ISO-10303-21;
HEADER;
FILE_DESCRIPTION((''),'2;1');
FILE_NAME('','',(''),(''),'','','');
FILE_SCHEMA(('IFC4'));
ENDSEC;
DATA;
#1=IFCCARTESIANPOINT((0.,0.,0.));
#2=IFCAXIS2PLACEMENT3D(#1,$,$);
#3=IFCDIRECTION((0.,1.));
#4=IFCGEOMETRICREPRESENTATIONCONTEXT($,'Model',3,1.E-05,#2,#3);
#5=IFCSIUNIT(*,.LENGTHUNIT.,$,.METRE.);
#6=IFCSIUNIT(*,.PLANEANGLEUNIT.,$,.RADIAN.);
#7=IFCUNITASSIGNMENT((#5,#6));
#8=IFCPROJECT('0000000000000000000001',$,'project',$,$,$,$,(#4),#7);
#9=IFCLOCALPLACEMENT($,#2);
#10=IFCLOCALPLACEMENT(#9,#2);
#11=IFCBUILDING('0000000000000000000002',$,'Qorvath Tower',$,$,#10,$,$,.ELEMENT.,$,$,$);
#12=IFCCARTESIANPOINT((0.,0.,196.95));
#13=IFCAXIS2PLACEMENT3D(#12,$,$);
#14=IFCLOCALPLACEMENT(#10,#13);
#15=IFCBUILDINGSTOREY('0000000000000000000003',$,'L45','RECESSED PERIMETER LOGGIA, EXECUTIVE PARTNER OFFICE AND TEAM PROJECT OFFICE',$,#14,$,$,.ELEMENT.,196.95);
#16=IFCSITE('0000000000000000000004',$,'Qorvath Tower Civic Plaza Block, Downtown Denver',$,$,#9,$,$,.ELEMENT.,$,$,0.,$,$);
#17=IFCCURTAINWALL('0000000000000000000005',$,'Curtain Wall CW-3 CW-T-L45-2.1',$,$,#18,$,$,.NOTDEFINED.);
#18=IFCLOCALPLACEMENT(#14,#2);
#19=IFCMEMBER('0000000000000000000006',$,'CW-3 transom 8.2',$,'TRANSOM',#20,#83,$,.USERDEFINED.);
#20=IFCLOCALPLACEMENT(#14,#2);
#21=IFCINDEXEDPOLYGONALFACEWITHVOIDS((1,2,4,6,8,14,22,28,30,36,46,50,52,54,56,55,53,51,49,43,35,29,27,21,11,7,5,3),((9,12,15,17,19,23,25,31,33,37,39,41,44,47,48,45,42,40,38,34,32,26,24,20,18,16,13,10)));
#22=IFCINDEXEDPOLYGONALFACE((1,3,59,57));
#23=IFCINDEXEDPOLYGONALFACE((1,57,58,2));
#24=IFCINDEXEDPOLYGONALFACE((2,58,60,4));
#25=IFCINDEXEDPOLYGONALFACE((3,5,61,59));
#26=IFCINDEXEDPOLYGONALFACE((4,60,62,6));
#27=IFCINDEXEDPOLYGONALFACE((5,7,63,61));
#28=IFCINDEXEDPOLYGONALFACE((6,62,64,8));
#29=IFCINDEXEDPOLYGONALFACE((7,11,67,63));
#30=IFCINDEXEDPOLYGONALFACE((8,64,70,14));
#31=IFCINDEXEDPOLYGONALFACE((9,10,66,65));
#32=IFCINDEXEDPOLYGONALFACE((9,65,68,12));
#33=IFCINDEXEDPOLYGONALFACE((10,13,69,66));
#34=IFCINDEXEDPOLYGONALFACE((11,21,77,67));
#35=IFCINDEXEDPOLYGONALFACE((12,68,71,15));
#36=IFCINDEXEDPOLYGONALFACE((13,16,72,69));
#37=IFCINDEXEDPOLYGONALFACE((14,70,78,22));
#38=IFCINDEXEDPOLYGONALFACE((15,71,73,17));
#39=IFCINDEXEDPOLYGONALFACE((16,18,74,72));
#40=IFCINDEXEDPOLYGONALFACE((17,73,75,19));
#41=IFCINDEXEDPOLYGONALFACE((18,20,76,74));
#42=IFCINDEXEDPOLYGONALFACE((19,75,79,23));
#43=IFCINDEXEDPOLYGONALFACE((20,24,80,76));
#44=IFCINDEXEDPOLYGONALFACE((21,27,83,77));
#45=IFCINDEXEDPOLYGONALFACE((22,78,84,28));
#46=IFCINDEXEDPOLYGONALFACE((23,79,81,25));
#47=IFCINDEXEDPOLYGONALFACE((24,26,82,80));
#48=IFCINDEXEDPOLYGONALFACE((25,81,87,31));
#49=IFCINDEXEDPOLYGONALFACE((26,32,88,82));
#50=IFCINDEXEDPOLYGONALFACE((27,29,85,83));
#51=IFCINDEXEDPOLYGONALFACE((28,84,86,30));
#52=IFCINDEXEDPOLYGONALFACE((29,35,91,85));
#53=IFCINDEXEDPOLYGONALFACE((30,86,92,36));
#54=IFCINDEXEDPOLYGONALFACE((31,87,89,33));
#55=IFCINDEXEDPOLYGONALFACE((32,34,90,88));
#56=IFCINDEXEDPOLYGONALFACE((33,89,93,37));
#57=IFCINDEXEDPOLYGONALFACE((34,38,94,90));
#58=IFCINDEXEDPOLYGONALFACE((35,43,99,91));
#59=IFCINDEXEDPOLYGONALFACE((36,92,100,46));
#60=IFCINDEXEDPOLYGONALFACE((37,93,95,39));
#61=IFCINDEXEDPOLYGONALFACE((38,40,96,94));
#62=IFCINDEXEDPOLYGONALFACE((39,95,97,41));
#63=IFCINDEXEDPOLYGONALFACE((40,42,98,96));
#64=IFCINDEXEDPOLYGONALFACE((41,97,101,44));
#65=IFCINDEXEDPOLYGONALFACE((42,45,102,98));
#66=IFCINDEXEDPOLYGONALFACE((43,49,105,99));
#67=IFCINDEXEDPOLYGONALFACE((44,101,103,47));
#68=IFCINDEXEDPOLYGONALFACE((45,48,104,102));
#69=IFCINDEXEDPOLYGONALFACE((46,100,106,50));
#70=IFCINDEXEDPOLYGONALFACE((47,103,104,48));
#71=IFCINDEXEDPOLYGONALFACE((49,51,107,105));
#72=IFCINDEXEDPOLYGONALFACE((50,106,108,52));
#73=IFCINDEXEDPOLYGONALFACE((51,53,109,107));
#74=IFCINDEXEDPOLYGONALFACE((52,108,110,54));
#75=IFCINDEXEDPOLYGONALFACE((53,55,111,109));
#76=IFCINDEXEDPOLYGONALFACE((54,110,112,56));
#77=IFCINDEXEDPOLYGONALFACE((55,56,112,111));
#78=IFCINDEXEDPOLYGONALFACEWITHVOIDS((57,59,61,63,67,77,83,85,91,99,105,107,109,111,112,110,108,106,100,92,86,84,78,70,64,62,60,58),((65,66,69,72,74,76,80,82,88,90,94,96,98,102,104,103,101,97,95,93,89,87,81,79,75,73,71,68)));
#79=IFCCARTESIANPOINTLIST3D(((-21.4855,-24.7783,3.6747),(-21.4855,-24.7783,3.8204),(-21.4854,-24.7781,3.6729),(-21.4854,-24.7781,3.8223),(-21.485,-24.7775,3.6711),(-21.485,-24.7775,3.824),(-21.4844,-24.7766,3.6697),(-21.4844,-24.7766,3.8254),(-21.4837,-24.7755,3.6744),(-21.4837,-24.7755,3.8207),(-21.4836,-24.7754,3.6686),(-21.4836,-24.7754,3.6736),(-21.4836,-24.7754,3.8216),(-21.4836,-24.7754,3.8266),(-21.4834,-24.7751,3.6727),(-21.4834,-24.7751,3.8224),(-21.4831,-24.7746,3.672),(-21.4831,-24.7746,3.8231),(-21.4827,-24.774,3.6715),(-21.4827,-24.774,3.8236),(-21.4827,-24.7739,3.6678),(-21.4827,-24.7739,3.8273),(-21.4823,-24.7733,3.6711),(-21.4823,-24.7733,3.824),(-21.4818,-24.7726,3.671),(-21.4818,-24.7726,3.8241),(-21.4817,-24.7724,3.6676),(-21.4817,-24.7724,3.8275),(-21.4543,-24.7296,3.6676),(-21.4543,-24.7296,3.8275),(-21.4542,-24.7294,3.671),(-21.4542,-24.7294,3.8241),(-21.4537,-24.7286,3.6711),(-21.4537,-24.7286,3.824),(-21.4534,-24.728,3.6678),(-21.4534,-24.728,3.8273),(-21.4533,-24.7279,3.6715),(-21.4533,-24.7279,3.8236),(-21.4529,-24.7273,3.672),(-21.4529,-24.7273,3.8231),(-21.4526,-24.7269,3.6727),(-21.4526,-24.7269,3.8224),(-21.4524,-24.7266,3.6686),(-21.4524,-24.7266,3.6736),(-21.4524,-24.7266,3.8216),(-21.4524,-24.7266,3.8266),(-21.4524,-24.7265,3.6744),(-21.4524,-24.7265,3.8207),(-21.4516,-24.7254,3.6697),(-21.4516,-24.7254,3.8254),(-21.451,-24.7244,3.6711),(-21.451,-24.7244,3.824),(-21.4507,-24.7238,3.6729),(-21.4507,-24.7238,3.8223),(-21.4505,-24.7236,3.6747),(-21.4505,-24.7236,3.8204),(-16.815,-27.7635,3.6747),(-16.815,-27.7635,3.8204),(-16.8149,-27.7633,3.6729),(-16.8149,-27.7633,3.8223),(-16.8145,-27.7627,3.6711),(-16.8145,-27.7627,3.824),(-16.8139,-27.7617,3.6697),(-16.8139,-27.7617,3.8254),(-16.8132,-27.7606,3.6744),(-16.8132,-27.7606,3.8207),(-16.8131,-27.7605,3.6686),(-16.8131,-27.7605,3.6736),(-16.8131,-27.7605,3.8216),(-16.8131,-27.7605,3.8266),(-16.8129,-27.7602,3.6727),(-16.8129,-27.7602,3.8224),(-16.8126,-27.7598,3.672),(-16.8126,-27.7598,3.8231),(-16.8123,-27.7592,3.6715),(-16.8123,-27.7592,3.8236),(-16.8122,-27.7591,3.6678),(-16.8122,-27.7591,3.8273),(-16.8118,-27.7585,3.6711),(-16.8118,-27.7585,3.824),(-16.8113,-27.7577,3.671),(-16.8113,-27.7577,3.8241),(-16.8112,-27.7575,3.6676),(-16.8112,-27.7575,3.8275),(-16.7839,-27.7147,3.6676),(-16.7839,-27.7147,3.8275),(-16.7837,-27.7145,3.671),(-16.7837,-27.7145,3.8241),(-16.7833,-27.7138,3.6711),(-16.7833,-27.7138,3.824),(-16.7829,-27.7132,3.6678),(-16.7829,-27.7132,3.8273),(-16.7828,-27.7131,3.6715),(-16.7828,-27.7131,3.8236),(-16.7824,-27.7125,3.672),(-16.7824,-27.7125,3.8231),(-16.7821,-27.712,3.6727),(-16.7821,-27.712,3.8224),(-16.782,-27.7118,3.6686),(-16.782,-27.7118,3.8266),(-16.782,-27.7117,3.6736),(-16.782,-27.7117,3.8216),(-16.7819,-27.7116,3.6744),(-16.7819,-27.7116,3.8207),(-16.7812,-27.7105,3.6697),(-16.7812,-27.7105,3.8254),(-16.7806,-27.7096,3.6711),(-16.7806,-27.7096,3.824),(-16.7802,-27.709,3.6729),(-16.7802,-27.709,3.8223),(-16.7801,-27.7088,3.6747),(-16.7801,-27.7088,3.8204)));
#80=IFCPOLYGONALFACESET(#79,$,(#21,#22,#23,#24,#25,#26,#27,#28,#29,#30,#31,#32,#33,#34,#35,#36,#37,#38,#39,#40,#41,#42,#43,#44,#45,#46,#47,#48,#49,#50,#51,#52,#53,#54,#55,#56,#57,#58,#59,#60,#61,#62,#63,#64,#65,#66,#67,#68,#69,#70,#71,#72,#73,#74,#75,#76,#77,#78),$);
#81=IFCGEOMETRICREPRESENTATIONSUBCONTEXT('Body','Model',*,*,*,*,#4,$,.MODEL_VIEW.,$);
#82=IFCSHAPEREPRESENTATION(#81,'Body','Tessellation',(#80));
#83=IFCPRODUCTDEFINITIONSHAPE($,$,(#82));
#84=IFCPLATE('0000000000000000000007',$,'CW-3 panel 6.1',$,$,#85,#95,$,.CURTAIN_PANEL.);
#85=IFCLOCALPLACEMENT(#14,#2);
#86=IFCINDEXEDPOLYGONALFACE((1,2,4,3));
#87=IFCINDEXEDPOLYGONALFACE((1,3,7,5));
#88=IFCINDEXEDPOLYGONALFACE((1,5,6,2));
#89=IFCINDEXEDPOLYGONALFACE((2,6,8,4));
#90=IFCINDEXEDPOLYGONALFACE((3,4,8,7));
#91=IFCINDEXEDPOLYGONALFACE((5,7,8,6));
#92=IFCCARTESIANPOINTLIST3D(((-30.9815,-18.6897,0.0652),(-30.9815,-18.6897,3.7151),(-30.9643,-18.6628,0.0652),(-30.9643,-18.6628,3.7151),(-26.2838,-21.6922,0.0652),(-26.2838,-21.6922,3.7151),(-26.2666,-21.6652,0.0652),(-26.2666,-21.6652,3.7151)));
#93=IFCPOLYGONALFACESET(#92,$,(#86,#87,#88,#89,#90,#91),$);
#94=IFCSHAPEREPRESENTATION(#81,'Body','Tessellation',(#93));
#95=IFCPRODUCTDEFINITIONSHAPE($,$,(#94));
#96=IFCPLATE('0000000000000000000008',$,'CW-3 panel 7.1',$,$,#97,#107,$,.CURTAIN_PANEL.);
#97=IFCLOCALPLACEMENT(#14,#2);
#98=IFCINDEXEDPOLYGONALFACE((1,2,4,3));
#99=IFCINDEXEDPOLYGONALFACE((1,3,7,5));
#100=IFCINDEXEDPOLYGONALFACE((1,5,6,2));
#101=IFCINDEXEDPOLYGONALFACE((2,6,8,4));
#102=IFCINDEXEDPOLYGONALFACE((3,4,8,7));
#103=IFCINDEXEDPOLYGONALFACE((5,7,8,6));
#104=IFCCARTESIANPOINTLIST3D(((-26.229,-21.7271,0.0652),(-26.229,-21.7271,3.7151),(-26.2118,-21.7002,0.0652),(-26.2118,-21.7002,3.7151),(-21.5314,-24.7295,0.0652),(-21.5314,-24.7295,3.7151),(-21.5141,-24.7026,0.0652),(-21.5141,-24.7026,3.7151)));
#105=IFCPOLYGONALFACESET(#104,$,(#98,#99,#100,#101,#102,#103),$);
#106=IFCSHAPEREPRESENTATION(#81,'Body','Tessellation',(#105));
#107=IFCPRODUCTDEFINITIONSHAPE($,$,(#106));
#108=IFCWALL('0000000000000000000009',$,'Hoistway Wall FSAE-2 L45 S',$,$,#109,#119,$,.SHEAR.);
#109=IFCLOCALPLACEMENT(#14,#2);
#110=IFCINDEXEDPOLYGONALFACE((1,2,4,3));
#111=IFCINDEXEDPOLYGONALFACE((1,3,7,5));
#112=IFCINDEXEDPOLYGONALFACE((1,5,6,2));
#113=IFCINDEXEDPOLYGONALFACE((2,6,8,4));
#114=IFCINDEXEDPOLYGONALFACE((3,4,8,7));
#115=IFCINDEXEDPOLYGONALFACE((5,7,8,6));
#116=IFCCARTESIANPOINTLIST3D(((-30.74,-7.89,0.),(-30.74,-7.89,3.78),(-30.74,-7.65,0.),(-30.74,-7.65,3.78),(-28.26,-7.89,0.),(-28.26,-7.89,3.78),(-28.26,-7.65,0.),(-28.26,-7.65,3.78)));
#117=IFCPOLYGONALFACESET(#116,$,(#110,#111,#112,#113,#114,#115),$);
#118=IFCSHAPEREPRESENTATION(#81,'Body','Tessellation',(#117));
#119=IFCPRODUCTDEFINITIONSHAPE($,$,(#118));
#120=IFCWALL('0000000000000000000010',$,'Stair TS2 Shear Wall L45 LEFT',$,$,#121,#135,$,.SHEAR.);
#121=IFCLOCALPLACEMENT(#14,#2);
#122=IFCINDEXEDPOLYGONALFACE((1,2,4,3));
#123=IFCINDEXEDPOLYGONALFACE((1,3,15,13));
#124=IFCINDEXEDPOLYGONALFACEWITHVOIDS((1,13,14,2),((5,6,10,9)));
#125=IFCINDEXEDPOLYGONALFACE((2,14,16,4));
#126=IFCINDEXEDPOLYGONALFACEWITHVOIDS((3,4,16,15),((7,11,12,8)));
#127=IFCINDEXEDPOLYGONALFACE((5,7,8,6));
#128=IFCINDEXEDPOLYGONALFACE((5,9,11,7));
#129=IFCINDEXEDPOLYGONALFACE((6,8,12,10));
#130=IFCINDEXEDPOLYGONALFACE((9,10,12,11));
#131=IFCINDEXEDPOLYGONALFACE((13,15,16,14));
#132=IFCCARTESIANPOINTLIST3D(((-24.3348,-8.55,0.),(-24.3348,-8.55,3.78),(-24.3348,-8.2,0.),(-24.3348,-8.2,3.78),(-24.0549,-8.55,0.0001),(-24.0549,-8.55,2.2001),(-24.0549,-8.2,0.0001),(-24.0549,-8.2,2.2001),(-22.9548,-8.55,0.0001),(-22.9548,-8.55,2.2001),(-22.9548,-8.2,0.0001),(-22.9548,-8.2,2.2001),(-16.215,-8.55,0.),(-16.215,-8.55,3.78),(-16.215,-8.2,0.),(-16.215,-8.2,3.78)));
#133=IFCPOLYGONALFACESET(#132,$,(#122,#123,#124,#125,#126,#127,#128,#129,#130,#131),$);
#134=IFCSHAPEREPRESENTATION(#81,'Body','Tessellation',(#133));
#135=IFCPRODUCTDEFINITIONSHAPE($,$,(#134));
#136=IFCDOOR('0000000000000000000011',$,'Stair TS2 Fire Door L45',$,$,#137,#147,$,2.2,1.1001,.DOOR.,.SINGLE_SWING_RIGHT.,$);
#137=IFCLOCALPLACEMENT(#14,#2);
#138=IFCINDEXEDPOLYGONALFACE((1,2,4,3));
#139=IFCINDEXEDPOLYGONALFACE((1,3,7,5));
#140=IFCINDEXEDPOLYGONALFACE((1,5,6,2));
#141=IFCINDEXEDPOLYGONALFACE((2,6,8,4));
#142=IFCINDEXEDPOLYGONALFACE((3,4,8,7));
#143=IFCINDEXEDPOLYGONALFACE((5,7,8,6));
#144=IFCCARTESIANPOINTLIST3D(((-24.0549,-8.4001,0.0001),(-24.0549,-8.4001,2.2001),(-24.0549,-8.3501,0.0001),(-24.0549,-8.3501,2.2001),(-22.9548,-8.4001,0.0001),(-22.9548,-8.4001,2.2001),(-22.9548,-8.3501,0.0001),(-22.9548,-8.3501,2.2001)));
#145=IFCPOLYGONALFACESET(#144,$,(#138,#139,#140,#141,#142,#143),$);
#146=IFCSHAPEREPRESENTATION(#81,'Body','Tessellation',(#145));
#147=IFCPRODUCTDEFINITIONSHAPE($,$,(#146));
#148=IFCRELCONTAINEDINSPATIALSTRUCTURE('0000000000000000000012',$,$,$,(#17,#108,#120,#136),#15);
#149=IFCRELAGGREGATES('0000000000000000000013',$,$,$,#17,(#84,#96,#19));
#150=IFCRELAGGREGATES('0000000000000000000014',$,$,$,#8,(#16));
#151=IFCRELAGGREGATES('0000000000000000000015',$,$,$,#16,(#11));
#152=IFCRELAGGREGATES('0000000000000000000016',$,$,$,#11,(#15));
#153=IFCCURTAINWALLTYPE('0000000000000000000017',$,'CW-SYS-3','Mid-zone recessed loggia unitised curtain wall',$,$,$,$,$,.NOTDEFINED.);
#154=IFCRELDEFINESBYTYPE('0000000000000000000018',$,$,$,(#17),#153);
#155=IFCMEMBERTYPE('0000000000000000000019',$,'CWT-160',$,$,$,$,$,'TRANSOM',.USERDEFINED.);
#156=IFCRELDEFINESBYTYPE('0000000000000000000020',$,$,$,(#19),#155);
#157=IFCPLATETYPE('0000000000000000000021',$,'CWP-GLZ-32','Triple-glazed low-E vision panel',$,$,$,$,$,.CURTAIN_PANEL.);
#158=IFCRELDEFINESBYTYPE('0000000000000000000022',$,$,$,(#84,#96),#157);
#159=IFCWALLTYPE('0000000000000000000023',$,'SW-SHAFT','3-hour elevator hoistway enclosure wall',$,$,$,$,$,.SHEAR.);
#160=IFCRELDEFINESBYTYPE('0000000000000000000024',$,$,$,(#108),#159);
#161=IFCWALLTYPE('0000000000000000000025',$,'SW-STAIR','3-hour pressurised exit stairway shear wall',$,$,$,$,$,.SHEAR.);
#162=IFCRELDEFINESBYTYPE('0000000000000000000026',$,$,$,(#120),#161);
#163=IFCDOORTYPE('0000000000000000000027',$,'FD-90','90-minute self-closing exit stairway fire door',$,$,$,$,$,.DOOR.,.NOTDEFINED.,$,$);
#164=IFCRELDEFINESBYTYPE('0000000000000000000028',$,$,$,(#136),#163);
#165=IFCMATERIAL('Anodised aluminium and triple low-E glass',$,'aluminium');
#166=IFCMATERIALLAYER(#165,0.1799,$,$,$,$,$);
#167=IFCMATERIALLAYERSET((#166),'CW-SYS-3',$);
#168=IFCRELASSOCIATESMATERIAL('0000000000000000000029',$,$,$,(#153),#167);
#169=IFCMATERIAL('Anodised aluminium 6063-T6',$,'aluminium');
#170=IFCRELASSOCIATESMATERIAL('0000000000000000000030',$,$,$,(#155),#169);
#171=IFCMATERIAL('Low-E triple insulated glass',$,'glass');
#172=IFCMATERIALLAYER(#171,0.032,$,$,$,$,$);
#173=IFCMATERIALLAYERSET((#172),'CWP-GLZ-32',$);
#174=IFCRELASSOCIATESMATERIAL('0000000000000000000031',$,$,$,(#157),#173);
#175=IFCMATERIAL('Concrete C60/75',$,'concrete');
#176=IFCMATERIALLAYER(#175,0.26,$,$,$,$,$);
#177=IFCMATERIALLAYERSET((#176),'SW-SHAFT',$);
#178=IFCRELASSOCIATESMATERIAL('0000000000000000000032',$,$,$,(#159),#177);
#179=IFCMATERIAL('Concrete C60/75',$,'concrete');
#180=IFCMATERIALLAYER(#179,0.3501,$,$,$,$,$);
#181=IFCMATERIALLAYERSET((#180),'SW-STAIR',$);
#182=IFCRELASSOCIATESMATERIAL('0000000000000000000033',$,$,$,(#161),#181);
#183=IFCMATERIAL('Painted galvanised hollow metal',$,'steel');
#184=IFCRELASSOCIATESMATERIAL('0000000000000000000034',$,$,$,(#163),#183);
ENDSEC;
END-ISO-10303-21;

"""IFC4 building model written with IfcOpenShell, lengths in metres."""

from ifc_helpers import new_model, si_unit, direction, frame, frame_2d, origin, origin_2d, place, context, subcontext, project, spatial, rectangle, hollow_rectangle, extrude, material, layer, layer_set, material_profile, profile_set, type_object, element, fill, aggregate, save


model = new_model("IFC4")

# Units and contexts
model_context = context("Model", 3, precision=1e-05, world=origin(), true_north=direction((0.0, 1.0)))
body_context = subcontext(model_context, "Body", "Model", "MODEL_VIEW")
ifc_project = project(units=[si_unit("LENGTHUNIT", "METRE"), si_unit("PLANEANGLEUNIT", "RADIAN")], contexts=[model_context])

# Site, building, storey
site_placement = place(None, origin())
site = spatial("IfcSite", under=ifc_project, at=site_placement, Name="Qorvath Tower Civic Plaza Block, Downtown Denver", CompositionType="ELEMENT", RefElevation=0.0)
building_placement = place(site_placement, origin())
building = spatial("IfcBuilding", under=site, at=building_placement, Name="Qorvath Tower", CompositionType="ELEMENT")
storey_placement = place(building_placement, frame((0.0, 0.0, 196.95)))
storey = spatial("IfcBuildingStorey", under=building, at=storey_placement, Name="L45", Description="RECESSED PERIMETER LOGGIA, EXECUTIVE PARTNER OFFICE AND TEAM PROJECT OFFICE", CompositionType="ELEMENT", Elevation=196.95)

# Curtain wall, member, plates
ifc_material_1 = material(Name="Anodised aluminium and triple low-E glass", Category="aluminium")
ifc_layer_1 = layer(ifc_material_1, 0.1799)
ifc_layer_set_1 = layer_set([ifc_layer_1], Name="CW-SYS-3")
curtain_wall_type = type_object("IfcCurtainWallType", Name="CW-SYS-3", Description="Mid-zone recessed loggia unitised curtain wall", PredefinedType="NOTDEFINED", material=ifc_layer_set_1)
curtain_wall_placement = place(storey_placement, origin())
curtain_wall = element("IfcCurtainWall", 1, at=curtain_wall_placement, inside=storey, type_object=curtain_wall_type, Name="Curtain Wall CW-3 CW-T-L45-2.1", PredefinedType="NOTDEFINED")
ifc_material_2 = material(Name="Anodised aluminium 6063-T6", Category="aluminium")
ifc_material_profile_1 = material_profile(ifc_material_2, hollow_rectangle(XDim=0.0649, YDim=0.1599, WallThickness=0.0034, InnerFilletRadius=0.0034, OuterFilletRadius=0.0071, at=origin_2d()), Name="CWT 160x65")
ifc_profile_set_1 = profile_set([ifc_material_profile_1], Name="Anodised aluminium 6063-T6")
member_type_1 = type_object("IfcMemberType", Name="CWT-160", ElementType="TRANSOM", PredefinedType="USERDEFINED", material=ifc_profile_set_1)
member_1_placement = place(storey_placement, frame((-21.468, -24.751, 3.7476), z_axis=(0.842595, -0.538547, 0.0), x_axis=(0.538547, 0.842595, 0.0)))
member_1 = element("IfcMember", 2, at=member_1_placement, type_object=member_type_1, Name="CW-3 transom 8.2", ObjectType="TRANSOM", PredefinedType="USERDEFINED", context=body_context, shape_type="SweptSolid", body=[
    extrude(hollow_rectangle(XDim=0.0649, YDim=0.1599, WallThickness=0.0034, InnerFilletRadius=0.0034, OuterFilletRadius=0.0071, at=origin_2d()), origin(), (0.0, 0.0, 1.0), 5.543),
])
ifc_material_3 = material(Name="Low-E triple insulated glass", Category="glass")
ifc_layer_2 = layer(ifc_material_3, 0.032)
ifc_layer_set_2 = layer_set([ifc_layer_2], Name="CWP-GLZ-32")
plate_type = type_object("IfcPlateType", Name="CWP-GLZ-32", Description="Triple-glazed low-E vision panel", PredefinedType="CURTAIN_PANEL", material=ifc_layer_set_2)
plate_1_placement = place(storey_placement, frame((-28.624, -20.1775, 0.0652), z_axis=(0.0, 0.0, 1.0), x_axis=(0.842604, -0.538534, 0.0)))
plate_1 = element("IfcPlate", 3, at=plate_1_placement, type_object=plate_type, Name="CW-3 panel 6.1", PredefinedType="CURTAIN_PANEL", context=body_context, shape_type="SweptSolid", body=[
    extrude(rectangle(XDim=5.5752, YDim=0.032, at=origin_2d()), origin(), (0.0, 0.0, 1.0), 3.6499),
])
plate_2_placement = place(storey_placement, frame((-23.8716, -23.2148, 0.0652), z_axis=(0.0, 0.0, 1.0), x_axis=(0.842604, -0.538534, 0.0)))
plate_2 = element("IfcPlate", 4, at=plate_2_placement, type_object=plate_type, Name="CW-3 panel 7.1", PredefinedType="CURTAIN_PANEL", context=body_context, shape_type="SweptSolid", body=[
    extrude(rectangle(XDim=5.5752, YDim=0.032, at=origin_2d()), origin(), (0.0, 0.0, 1.0), 3.6499),
])
aggregate(curtain_wall, [plate_1, plate_2, member_1])

# Wall
ifc_material_4 = material(Name="Concrete C60/75", Category="concrete")
ifc_layer_3 = layer(ifc_material_4, 0.26)
ifc_layer_set_3 = layer_set([ifc_layer_3], Name="SW-SHAFT")
wall_type_1 = type_object("IfcWallType", Name="SW-SHAFT", Description="3-hour elevator hoistway enclosure wall", PredefinedType="SHEAR", material=ifc_layer_set_3)
wall_1_placement = place(storey_placement, frame((-28.26, -7.77, 0.0), z_axis=(0.0, 0.0, 1.0), x_axis=(-1.0, 0.0, 0.0)))
element("IfcWall", 5, at=wall_1_placement, inside=storey, type_object=wall_type_1, Name="Hoistway Wall FSAE-2 L45 S", PredefinedType="SHEAR", context=body_context, shape_type="SweptSolid", body=[
    extrude(rectangle(XDim=2.48, YDim=0.24, at=frame_2d((1.24, 0.0))), origin(), (0.0, 0.0, 1.0), 3.78),
])

# Wall, opening, door
ifc_material_5 = material(Name="Concrete C60/75", Category="concrete")
ifc_layer_4 = layer(ifc_material_5, 0.3501)
ifc_layer_set_4 = layer_set([ifc_layer_4], Name="SW-STAIR")
wall_type_2 = type_object("IfcWallType", Name="SW-STAIR", Description="3-hour pressurised exit stairway shear wall", PredefinedType="SHEAR", material=ifc_layer_set_4)
wall_2_placement = place(storey_placement, frame((-24.335, -8.375, 0.0), z_axis=(0.0, 0.0, 1.0), x_axis=(1.0, 0.0, 0.0)))
wall_2 = element("IfcWall", 6, at=wall_2_placement, inside=storey, type_object=wall_type_2, Name="Stair TS2 Shear Wall L45 LEFT", PredefinedType="SHEAR", context=body_context, shape_type="SweptSolid", body=[
    extrude(rectangle(XDim=8.1199, YDim=0.3501, at=frame_2d((4.0601, 0.0))), origin(), (0.0, 0.0, 1.0), 3.78),
])
opening_1_placement = place(wall_2_placement, frame((0.28, 0.0, 0.0)))
opening_1 = element("IfcOpeningElement", 7, at=opening_1_placement, cuts=wall_2, PredefinedType="OPENING", context=body_context, shape_type="SweptSolid", body=[
    extrude(rectangle(XDim=1.1001, YDim=2.2, at=frame_2d((0.55, 1.1001))), frame((0.0, 0.1851, 0.0), z_axis=(0.0, -1.0, 0.0), x_axis=(1.0, 0.0, 0.0)), (0.0, 0.0, 1.0), 0.3701),
])
ifc_material_6 = material(Name="Painted galvanised hollow metal", Category="steel")
door_type_1 = type_object("IfcDoorType", Name="FD-90", Description="90-minute self-closing exit stairway fire door", OperationType="NOTDEFINED", PredefinedType="DOOR", material=ifc_material_6)
door_1_placement = place(opening_1_placement, origin())
door_1 = element("IfcDoor", 8, at=door_1_placement, inside=storey, type_object=door_type_1, Name="Stair TS2 Fire Door L45", OperationType="SINGLE_SWING_RIGHT", OverallHeight=2.2, OverallWidth=1.1001, PredefinedType="DOOR", context=body_context, shape_type="SweptSolid", body=[
    extrude(rectangle(XDim=1.1001, YDim=2.2, at=frame_2d((0.55, 1.1001))), frame((0.0, 0.0249, 0.0), z_axis=(0.0, -1.0, 0.0), x_axis=(1.0, 0.0, 0.0)), (0.0, 0.0, 1.0), 0.05),
])
fill(opening_1, door_1)

save(model, "model.ifc")
